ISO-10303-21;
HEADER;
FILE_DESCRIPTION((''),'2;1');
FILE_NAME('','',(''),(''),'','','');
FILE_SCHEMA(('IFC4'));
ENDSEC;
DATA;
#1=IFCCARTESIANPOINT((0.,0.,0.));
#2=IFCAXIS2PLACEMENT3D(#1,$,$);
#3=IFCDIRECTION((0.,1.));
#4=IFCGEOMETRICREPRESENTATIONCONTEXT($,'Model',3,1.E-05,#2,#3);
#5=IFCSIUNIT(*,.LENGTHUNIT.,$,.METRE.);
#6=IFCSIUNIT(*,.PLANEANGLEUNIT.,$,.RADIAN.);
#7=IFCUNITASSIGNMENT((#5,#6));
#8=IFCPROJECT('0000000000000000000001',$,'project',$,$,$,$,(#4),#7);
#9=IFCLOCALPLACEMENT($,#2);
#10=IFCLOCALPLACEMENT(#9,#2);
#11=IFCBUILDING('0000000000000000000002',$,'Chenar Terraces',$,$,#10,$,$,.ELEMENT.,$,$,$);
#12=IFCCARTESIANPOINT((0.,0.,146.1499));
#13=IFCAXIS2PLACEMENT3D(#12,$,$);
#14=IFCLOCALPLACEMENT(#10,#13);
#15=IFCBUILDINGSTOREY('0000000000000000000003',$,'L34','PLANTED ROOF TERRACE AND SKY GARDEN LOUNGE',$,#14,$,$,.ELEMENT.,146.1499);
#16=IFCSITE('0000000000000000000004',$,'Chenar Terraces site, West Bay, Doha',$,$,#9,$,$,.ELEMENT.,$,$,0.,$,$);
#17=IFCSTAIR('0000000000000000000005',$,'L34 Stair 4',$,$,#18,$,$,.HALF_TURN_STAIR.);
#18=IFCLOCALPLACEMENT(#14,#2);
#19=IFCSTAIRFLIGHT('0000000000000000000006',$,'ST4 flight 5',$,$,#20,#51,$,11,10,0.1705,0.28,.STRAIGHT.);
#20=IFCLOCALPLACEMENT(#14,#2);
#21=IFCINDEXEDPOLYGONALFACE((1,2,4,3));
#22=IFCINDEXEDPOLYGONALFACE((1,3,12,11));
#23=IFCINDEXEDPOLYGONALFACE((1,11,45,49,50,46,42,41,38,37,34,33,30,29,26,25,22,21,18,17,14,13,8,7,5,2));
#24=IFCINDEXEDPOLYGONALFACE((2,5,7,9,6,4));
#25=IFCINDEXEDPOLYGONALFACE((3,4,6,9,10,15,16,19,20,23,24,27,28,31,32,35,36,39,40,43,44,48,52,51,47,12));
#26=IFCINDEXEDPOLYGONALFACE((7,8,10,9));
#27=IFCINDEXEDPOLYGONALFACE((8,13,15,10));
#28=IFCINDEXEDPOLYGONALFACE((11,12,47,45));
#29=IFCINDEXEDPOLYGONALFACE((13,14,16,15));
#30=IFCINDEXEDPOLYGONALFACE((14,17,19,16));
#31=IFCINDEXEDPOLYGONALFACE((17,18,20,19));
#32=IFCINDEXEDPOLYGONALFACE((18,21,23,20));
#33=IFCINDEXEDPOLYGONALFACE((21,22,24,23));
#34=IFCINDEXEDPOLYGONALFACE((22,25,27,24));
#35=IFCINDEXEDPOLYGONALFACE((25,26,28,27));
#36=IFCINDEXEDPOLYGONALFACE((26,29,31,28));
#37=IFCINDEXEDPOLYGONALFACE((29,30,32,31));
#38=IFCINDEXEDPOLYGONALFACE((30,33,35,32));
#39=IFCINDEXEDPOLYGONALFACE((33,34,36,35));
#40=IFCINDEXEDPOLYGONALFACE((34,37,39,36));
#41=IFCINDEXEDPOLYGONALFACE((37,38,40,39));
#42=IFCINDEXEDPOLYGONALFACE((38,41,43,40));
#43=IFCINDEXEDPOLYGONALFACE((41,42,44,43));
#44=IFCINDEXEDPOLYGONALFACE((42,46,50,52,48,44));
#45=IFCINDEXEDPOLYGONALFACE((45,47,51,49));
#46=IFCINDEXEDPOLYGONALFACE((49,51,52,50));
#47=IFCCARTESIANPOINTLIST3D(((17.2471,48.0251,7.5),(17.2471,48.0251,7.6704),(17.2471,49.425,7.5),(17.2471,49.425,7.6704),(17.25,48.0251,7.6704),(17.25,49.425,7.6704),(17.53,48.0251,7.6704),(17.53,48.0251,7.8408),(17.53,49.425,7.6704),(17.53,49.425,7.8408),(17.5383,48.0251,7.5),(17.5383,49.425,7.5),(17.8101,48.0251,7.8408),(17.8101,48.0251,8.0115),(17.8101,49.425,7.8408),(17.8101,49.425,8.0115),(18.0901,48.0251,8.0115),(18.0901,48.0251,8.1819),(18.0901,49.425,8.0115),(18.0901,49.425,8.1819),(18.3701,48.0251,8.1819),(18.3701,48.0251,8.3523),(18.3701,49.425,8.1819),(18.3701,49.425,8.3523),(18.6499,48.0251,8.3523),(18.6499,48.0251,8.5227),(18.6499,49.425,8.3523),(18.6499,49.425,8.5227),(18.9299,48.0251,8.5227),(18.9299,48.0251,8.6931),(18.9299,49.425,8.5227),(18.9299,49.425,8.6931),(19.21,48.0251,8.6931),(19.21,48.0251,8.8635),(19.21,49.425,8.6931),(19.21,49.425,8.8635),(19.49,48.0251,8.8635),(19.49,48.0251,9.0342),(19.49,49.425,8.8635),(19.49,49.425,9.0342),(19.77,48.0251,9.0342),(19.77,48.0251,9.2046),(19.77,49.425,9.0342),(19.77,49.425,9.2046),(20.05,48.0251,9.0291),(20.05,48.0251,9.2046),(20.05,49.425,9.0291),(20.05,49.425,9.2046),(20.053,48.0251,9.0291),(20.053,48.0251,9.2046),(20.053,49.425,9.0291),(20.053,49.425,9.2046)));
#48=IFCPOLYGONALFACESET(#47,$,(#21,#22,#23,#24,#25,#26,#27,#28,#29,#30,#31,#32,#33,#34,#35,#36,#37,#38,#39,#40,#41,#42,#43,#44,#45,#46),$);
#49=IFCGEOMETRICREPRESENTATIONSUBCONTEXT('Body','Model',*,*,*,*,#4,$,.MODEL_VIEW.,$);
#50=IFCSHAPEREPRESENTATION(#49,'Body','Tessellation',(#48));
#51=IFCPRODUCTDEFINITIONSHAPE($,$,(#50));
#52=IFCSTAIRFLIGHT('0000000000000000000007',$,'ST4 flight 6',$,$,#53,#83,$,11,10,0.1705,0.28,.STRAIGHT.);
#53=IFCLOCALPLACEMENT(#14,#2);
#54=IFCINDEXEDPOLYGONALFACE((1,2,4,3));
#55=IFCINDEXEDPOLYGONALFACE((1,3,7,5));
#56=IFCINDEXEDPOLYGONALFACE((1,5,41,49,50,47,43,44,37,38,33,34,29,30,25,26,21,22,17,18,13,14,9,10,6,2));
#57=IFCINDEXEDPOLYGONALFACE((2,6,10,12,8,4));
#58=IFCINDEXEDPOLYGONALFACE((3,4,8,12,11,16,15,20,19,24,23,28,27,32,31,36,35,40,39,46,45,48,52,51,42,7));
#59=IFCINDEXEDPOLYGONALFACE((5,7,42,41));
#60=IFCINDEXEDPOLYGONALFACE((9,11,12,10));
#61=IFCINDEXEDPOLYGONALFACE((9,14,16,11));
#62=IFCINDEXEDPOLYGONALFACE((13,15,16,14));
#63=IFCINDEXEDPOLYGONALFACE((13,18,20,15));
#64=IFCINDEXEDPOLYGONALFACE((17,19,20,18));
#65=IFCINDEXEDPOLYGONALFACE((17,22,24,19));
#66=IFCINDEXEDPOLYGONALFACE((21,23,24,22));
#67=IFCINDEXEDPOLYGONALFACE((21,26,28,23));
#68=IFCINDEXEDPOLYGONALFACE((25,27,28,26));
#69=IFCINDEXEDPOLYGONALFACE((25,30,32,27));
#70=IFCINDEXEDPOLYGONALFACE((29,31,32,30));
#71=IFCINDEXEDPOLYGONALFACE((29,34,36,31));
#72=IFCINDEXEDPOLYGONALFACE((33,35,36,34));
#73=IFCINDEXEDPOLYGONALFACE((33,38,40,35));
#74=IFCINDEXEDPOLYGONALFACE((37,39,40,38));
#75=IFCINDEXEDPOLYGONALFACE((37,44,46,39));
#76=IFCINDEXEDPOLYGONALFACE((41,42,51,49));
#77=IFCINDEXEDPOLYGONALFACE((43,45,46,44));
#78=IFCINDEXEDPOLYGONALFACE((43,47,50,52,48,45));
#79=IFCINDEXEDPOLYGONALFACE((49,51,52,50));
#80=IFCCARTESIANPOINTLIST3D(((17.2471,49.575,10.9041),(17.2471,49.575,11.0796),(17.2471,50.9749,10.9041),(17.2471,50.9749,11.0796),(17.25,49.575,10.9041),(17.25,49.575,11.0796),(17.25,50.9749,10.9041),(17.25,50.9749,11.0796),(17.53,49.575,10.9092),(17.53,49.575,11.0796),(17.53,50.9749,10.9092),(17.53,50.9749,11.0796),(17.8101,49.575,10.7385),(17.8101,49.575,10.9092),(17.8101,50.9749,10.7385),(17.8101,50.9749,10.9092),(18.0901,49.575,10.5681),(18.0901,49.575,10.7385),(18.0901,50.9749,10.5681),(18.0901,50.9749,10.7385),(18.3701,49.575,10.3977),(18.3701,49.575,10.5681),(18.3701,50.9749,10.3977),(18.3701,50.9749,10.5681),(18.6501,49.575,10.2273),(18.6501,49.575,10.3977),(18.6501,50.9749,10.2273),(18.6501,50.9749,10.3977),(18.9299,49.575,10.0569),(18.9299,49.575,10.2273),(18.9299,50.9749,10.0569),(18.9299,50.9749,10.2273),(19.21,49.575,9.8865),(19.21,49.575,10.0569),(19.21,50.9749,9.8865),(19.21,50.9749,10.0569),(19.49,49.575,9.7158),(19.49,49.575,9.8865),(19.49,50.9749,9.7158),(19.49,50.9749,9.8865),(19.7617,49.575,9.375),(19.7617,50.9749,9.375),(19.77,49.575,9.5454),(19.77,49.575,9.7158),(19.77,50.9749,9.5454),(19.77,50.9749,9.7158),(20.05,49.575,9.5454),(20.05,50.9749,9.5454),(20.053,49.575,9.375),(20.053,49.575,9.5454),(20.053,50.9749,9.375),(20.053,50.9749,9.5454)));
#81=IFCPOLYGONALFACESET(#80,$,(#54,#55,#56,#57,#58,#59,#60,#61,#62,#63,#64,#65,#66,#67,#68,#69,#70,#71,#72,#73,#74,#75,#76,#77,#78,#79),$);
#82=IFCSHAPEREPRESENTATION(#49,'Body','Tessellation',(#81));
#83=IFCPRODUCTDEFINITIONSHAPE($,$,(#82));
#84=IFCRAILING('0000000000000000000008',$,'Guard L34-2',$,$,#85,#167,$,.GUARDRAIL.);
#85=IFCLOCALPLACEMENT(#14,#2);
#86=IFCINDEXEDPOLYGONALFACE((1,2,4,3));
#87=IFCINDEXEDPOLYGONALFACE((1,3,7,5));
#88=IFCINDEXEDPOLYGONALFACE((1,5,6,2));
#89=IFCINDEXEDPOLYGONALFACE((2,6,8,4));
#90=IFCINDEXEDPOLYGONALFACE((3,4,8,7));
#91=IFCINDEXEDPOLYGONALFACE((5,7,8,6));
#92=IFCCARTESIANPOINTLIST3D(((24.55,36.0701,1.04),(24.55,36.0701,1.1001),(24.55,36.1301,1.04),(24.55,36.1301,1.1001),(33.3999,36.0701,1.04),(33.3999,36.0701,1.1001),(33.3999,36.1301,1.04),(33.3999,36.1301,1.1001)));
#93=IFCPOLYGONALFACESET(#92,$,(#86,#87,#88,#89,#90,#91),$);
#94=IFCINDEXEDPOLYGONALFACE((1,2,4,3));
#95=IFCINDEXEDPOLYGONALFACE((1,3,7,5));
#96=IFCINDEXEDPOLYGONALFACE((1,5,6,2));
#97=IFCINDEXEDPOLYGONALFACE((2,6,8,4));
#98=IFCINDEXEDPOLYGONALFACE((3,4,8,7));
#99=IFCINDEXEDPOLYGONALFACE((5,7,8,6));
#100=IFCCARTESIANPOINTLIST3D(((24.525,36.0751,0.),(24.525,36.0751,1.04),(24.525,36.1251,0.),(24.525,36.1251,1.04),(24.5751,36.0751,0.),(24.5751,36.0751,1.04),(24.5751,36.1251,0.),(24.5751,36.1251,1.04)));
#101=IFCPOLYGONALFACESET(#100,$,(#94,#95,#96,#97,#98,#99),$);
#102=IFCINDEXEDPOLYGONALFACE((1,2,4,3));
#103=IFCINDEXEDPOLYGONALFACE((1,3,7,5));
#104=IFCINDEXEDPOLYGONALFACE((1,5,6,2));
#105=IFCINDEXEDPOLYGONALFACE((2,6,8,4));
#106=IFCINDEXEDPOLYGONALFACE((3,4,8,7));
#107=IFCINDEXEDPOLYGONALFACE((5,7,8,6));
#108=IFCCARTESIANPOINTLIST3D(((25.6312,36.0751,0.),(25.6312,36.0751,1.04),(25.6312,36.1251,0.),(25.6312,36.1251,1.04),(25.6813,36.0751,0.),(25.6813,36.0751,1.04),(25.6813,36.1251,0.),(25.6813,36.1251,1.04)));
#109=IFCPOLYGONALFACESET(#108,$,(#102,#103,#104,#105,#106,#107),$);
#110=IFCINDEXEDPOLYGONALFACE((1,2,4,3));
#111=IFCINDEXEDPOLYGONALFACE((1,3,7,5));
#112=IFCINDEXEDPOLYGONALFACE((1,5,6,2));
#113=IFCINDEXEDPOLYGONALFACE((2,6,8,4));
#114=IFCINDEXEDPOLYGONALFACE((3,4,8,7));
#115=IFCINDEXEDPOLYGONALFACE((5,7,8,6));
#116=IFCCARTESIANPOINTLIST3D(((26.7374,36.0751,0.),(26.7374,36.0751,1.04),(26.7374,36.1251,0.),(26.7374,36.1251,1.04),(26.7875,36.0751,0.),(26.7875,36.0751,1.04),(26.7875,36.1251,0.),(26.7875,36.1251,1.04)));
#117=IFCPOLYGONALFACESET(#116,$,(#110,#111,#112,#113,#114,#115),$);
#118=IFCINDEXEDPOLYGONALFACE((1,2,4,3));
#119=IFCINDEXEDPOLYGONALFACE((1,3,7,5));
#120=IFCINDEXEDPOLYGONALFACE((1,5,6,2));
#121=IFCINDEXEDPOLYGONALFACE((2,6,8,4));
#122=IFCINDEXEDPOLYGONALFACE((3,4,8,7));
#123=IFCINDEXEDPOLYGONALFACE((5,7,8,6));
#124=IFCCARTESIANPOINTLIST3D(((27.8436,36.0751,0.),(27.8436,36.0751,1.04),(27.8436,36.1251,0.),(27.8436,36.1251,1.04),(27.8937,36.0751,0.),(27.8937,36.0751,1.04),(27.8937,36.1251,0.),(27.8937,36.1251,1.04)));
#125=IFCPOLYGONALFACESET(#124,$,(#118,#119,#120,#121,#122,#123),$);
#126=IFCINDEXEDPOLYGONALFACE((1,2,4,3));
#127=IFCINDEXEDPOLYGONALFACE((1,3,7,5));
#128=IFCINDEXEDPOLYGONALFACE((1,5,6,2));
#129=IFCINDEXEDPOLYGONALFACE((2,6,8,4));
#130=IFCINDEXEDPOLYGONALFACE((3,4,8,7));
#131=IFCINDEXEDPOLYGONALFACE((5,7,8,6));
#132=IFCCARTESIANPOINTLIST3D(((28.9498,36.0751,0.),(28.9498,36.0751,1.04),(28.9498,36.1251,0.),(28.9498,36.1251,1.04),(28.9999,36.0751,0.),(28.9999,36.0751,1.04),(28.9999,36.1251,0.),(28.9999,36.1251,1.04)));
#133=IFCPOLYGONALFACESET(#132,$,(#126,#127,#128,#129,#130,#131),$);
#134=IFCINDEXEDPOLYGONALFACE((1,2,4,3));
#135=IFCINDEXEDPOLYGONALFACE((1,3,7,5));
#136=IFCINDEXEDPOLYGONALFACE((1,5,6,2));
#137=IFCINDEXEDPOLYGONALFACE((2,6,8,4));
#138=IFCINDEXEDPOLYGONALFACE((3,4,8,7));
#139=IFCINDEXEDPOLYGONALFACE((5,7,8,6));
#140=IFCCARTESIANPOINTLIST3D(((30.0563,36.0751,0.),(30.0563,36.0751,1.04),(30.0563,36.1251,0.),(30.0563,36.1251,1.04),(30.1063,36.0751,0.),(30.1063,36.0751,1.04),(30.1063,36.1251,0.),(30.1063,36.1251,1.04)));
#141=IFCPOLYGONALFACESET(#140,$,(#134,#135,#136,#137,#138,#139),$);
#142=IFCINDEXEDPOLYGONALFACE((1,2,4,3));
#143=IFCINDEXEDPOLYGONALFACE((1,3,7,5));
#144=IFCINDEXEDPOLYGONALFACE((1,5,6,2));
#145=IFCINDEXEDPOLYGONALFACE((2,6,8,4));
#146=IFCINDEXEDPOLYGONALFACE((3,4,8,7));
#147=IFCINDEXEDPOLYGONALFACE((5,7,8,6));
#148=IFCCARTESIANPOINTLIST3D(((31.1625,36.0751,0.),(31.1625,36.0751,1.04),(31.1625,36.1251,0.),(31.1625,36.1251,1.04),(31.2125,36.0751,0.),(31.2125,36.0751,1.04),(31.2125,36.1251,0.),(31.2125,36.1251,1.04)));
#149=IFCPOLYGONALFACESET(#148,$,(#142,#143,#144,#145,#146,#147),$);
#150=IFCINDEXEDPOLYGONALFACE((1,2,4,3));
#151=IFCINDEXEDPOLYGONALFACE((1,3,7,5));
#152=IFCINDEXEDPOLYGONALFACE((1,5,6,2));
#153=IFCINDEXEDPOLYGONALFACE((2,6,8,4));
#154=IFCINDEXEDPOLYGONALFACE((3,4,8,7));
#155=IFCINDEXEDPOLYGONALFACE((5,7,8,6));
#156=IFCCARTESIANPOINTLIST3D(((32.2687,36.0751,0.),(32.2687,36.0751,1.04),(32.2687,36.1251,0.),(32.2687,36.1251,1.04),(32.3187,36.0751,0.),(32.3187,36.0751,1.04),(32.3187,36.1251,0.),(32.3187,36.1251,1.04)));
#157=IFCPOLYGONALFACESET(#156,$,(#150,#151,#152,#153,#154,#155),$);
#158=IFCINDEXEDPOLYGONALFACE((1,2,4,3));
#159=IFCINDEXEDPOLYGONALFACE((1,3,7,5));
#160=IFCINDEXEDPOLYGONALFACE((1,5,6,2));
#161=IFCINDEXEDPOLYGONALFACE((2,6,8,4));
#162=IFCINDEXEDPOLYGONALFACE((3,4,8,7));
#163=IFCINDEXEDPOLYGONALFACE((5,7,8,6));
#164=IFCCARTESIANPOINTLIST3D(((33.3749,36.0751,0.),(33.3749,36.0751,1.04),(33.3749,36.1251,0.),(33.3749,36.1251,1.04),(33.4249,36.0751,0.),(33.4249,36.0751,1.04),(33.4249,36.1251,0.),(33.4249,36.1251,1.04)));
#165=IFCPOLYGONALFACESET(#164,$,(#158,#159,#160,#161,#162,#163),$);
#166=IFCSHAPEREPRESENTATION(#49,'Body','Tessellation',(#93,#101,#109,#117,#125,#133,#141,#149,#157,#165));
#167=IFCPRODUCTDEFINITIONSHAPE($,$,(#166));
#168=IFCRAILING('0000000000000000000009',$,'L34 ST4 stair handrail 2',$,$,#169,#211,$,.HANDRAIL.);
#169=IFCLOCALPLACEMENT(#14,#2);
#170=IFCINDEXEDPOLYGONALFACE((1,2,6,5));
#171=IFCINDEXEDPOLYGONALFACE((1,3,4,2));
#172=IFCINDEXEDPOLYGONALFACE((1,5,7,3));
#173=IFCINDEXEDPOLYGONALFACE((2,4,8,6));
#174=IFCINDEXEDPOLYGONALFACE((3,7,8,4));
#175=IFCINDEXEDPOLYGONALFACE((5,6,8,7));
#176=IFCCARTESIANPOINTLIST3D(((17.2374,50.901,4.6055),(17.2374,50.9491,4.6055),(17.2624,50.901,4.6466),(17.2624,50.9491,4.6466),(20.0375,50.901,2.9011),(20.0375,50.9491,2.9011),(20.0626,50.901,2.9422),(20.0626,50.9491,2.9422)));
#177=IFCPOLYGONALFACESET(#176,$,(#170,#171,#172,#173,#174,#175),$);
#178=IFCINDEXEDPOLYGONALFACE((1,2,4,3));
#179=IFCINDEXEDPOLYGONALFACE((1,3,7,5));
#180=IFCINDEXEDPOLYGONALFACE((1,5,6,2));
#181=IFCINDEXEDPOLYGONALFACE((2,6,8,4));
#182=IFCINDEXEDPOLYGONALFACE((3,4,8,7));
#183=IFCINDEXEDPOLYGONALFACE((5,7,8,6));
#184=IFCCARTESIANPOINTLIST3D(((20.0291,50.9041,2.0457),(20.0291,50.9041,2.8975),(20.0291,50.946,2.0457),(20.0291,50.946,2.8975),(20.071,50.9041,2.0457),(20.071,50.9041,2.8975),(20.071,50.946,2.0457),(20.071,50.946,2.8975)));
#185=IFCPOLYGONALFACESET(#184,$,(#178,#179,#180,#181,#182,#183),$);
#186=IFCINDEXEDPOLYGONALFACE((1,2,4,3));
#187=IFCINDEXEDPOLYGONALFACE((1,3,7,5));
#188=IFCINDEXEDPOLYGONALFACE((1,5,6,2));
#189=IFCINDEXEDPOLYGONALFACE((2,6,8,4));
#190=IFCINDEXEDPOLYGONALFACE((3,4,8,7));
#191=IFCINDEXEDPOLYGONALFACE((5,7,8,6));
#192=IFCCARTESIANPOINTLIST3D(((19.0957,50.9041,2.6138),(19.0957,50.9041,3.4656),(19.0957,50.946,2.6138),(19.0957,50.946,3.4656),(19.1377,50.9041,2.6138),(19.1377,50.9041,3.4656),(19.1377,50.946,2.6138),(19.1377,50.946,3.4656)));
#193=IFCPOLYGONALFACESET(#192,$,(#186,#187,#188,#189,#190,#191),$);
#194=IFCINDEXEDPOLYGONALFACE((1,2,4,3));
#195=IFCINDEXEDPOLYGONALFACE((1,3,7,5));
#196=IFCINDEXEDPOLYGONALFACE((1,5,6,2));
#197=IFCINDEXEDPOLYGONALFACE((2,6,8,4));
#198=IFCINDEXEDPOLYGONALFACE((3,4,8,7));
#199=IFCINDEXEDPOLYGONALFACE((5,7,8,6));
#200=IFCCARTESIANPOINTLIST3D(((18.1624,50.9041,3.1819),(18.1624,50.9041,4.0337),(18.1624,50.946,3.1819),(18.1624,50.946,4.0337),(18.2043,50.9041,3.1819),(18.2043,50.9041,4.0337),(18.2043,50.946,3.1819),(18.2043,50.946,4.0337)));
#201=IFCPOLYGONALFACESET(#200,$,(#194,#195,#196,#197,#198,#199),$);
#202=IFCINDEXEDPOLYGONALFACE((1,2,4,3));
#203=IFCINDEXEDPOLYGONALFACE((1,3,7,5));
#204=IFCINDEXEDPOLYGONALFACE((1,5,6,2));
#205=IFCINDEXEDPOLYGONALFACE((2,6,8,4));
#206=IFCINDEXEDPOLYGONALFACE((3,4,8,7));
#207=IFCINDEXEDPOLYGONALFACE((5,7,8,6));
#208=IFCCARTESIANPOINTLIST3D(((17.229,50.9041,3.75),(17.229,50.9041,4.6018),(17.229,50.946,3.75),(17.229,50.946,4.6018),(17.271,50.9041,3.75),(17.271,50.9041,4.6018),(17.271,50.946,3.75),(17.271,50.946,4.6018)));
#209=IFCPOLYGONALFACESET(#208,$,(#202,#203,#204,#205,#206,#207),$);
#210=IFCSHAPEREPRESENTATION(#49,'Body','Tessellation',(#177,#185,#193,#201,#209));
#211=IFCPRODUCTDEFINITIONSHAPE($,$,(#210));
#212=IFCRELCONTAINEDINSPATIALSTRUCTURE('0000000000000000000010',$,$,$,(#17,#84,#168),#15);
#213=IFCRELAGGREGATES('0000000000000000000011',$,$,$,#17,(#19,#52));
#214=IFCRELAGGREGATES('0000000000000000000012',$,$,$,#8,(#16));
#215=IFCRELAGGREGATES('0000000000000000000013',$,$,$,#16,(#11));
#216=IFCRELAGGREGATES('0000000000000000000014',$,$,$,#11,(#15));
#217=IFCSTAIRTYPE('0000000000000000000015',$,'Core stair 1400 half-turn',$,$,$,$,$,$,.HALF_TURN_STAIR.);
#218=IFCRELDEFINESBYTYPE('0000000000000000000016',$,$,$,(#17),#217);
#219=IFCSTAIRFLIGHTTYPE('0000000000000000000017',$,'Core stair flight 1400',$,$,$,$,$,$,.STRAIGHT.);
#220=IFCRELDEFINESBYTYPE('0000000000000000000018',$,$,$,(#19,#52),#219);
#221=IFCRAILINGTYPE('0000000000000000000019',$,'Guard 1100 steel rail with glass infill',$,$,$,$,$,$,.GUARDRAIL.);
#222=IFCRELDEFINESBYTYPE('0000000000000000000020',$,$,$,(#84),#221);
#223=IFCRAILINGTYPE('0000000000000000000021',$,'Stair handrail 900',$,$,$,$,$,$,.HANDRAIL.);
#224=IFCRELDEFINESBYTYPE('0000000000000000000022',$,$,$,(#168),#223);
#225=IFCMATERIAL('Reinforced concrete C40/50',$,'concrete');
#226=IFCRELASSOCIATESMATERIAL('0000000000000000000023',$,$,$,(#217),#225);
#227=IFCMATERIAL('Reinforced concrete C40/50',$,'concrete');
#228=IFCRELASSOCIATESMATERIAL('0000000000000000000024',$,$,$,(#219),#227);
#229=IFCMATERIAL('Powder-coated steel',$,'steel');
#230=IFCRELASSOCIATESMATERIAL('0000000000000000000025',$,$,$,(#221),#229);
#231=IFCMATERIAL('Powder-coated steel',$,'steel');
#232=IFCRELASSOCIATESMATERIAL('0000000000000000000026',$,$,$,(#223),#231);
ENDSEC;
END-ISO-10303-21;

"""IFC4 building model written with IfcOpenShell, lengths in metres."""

from ifc_helpers import new_model, si_unit, direction, frame, origin, origin_2d, place, context, subcontext, project, spatial, polyline, rectangle, outline, extrude, material, type_object, element, aggregate, save


model = new_model("IFC4")

# Units and contexts
model_context = context("Model", 3, precision=1e-05, world=origin(), true_north=direction((0.0, 1.0)))
body_context = subcontext(model_context, "Body", "Model", "MODEL_VIEW")
ifc_project = project(units=[si_unit("LENGTHUNIT", "METRE"), si_unit("PLANEANGLEUNIT", "RADIAN")], contexts=[model_context])

# Site, building, storey
site_placement = place(None, origin())
site = spatial("IfcSite", under=ifc_project, at=site_placement, Name="Chenar Terraces site, West Bay, Doha", CompositionType="ELEMENT", RefElevation=0.0)
building_placement = place(site_placement, origin())
building = spatial("IfcBuilding", under=site, at=building_placement, Name="Chenar Terraces", CompositionType="ELEMENT")
storey_placement = place(building_placement, frame((0.0, 0.0, 146.1499)))
storey = spatial("IfcBuildingStorey", under=building, at=storey_placement, Name="L34", Description="PLANTED ROOF TERRACE AND SKY GARDEN LOUNGE", CompositionType="ELEMENT", Elevation=146.1499)

# Shared definitions
placement = place(storey_placement, origin())

# Stair, stair flights
ifc_material_1 = material(Name="Reinforced concrete C40/50", Category="concrete")
stair_type = type_object("IfcStairType", Name="Core stair 1400 half-turn", PredefinedType="HALF_TURN_STAIR", material=ifc_material_1)
stair = element("IfcStair", 1, at=placement, inside=storey, type_object=stair_type, Name="L34 Stair 4", PredefinedType="HALF_TURN_STAIR")
ifc_material_2 = material(Name="Reinforced concrete C40/50", Category="concrete")
stair_flight_type = type_object("IfcStairFlightType", Name="Core stair flight 1400", PredefinedType="STRAIGHT", material=ifc_material_2)
stair_flight_1_placement = place(storey_placement, frame((17.25, 48.7251, 7.5), z_axis=(0.0, 0.0, 1.0), x_axis=(1.0, 0.0, 0.0)))
stair_flight_1 = element("IfcStairFlight", 2, at=stair_flight_1_placement, type_object=stair_flight_type, Name="ST4 flight 5", NumberOfRisers=11, NumberOfTreads=10, PredefinedType="STRAIGHT", RiserHeight=0.1705, TreadLength=0.28, context=body_context, shape_type="SweptSolid", body=[
    extrude(outline(polyline([(-0.0029, 0.0), (-0.0029, 0.1704), (0.0, 0.1704), (0.28, 0.1704), (0.28, 0.3408), (0.5601, 0.3408), (0.5601, 0.5115), (0.8401, 0.5115), (0.8401, 0.6819), (1.1201, 0.6819), (1.1201, 0.8523), (1.3999, 0.8523), (1.3999, 1.0227), (1.6799, 1.0227), (1.6799, 1.1931), (1.96, 1.1931), (1.96, 1.3635), (2.24, 1.3635), (2.24, 1.5342), (2.52, 1.5342), (2.52, 1.7046), (2.8, 1.7046), (2.803, 1.7046), (2.803, 1.5291), (2.8, 1.5291), (0.2883, 0.0), (-0.0029, 0.0)])), frame((0.0, 0.7, 0.0), z_axis=(0.0, -1.0, 0.0), x_axis=(1.0, 0.0, 0.0)), (0.0, 0.0, 1.0), 1.3999),
])
stair_flight_2_placement = place(storey_placement, frame((20.05, 50.2749, 9.375), z_axis=(0.0, 0.0, 1.0), x_axis=(-1.0, 0.0, 0.0)))
stair_flight_2 = element("IfcStairFlight", 3, at=stair_flight_2_placement, type_object=stair_flight_type, Name="ST4 flight 6", NumberOfRisers=11, NumberOfTreads=10, PredefinedType="STRAIGHT", RiserHeight=0.1705, TreadLength=0.28, context=body_context, shape_type="SweptSolid", body=[
    extrude(outline(polyline([(-0.0029, 0.0), (-0.0029, 0.1704), (0.0, 0.1704), (0.28, 0.1704), (0.28, 0.3408), (0.5601, 0.3408), (0.5601, 0.5115), (0.8401, 0.5115), (0.8401, 0.6819), (1.1201, 0.6819), (1.1201, 0.8523), (1.3999, 0.8523), (1.3999, 1.0227), (1.6799, 1.0227), (1.6799, 1.1931), (1.96, 1.1931), (1.96, 1.3635), (2.24, 1.3635), (2.24, 1.5342), (2.52, 1.5342), (2.52, 1.7046), (2.8, 1.7046), (2.803, 1.7046), (2.803, 1.5291), (2.8, 1.5291), (0.2883, 0.0), (-0.0029, 0.0)])), frame((0.0, 0.7, 0.0), z_axis=(0.0, -1.0, 0.0), x_axis=(1.0, 0.0, 0.0)), (0.0, 0.0, 1.0), 1.3999),
])
aggregate(stair, [stair_flight_1, stair_flight_2])

# Railings
ifc_material_3 = material(Name="Powder-coated steel", Category="steel")
railing_type_1 = type_object("IfcRailingType", Name="Guard 1100 steel rail with glass infill", PredefinedType="GUARDRAIL", material=ifc_material_3)
railing_1_placement = place(storey_placement, frame((24.55, 36.1001, 0.0)))
element("IfcRailing", 4, at=railing_1_placement, inside=storey, type_object=railing_type_1, Name="Guard L34-2", PredefinedType="GUARDRAIL", context=body_context, shape_type="SweptSolid", body=[
    extrude(rectangle(XDim=0.0601, YDim=0.0601, at=origin_2d()), frame((0.0, 0.0, 1.0701), z_axis=(1.0, 0.0, 0.0), x_axis=(0.0, 1.0, 0.0)), (0.0, 0.0, 1.0), 8.8499),
    extrude(rectangle(XDim=0.05, YDim=0.05, at=origin_2d()), origin(), (0.0, 0.0, 1.0), 1.04),
    extrude(rectangle(XDim=0.05, YDim=0.05, at=origin_2d()), frame((1.1062, 0.0, 0.0)), (0.0, 0.0, 1.0), 1.04),
    extrude(rectangle(XDim=0.05, YDim=0.05, at=origin_2d()), frame((2.2124, 0.0, 0.0)), (0.0, 0.0, 1.0), 1.04),
    extrude(rectangle(XDim=0.05, YDim=0.05, at=origin_2d()), frame((3.3186, 0.0, 0.0)), (0.0, 0.0, 1.0), 1.04),
    extrude(rectangle(XDim=0.05, YDim=0.05, at=origin_2d()), frame((4.4248, 0.0, 0.0)), (0.0, 0.0, 1.0), 1.04),
    extrude(rectangle(XDim=0.05, YDim=0.05, at=origin_2d()), frame((5.5312, 0.0, 0.0)), (0.0, 0.0, 1.0), 1.04),
    extrude(rectangle(XDim=0.05, YDim=0.05, at=origin_2d()), frame((6.6375, 0.0, 0.0)), (0.0, 0.0, 1.0), 1.04),
    extrude(rectangle(XDim=0.05, YDim=0.05, at=origin_2d()), frame((7.7437, 0.0, 0.0)), (0.0, 0.0, 1.0), 1.04),
    extrude(rectangle(XDim=0.05, YDim=0.05, at=origin_2d()), frame((8.8499, 0.0, 0.0)), (0.0, 0.0, 1.0), 1.04),
])
ifc_material_4 = material(Name="Powder-coated steel", Category="steel")
railing_type_2 = type_object("IfcRailingType", Name="Stair handrail 900", PredefinedType="HANDRAIL", material=ifc_material_4)
for number, where, name in (
    (5, (20.05, 50.925, 2.0457), "L34 ST4 stair handrail 2"),
):
    element("IfcRailing", number, at=place(storey_placement, frame(where)), inside=storey, type_object=railing_type_2, Name=name, PredefinedType="HANDRAIL", context=body_context, shape_type="SweptSolid", body=[
        extrude(rectangle(XDim=0.0481, YDim=0.0481, at=origin_2d()), frame((0.0, 0.0, 0.876), z_axis=(-0.854203, 0.0, 0.51994), x_axis=(0.0, -1.0, 0.0)), (0.0, 0.0, 1.0), 3.2781),
        extrude(rectangle(XDim=0.042, YDim=0.042, at=origin_2d()), origin(), (0.0, 0.0, 1.0), 0.8518),
        extrude(rectangle(XDim=0.042, YDim=0.042, at=origin_2d()), frame((-0.9333, 0.0, 0.5681)), (0.0, 0.0, 1.0), 0.8518),
        extrude(rectangle(XDim=0.042, YDim=0.042, at=origin_2d()), frame((-1.8667, 0.0, 1.1362)), (0.0, 0.0, 1.0), 0.8518),
        extrude(rectangle(XDim=0.042, YDim=0.042, at=origin_2d()), frame((-2.8, 0.0, 1.7043)), (0.0, 0.0, 1.0), 0.8518),
    ])

save(model, "model.ifc")
